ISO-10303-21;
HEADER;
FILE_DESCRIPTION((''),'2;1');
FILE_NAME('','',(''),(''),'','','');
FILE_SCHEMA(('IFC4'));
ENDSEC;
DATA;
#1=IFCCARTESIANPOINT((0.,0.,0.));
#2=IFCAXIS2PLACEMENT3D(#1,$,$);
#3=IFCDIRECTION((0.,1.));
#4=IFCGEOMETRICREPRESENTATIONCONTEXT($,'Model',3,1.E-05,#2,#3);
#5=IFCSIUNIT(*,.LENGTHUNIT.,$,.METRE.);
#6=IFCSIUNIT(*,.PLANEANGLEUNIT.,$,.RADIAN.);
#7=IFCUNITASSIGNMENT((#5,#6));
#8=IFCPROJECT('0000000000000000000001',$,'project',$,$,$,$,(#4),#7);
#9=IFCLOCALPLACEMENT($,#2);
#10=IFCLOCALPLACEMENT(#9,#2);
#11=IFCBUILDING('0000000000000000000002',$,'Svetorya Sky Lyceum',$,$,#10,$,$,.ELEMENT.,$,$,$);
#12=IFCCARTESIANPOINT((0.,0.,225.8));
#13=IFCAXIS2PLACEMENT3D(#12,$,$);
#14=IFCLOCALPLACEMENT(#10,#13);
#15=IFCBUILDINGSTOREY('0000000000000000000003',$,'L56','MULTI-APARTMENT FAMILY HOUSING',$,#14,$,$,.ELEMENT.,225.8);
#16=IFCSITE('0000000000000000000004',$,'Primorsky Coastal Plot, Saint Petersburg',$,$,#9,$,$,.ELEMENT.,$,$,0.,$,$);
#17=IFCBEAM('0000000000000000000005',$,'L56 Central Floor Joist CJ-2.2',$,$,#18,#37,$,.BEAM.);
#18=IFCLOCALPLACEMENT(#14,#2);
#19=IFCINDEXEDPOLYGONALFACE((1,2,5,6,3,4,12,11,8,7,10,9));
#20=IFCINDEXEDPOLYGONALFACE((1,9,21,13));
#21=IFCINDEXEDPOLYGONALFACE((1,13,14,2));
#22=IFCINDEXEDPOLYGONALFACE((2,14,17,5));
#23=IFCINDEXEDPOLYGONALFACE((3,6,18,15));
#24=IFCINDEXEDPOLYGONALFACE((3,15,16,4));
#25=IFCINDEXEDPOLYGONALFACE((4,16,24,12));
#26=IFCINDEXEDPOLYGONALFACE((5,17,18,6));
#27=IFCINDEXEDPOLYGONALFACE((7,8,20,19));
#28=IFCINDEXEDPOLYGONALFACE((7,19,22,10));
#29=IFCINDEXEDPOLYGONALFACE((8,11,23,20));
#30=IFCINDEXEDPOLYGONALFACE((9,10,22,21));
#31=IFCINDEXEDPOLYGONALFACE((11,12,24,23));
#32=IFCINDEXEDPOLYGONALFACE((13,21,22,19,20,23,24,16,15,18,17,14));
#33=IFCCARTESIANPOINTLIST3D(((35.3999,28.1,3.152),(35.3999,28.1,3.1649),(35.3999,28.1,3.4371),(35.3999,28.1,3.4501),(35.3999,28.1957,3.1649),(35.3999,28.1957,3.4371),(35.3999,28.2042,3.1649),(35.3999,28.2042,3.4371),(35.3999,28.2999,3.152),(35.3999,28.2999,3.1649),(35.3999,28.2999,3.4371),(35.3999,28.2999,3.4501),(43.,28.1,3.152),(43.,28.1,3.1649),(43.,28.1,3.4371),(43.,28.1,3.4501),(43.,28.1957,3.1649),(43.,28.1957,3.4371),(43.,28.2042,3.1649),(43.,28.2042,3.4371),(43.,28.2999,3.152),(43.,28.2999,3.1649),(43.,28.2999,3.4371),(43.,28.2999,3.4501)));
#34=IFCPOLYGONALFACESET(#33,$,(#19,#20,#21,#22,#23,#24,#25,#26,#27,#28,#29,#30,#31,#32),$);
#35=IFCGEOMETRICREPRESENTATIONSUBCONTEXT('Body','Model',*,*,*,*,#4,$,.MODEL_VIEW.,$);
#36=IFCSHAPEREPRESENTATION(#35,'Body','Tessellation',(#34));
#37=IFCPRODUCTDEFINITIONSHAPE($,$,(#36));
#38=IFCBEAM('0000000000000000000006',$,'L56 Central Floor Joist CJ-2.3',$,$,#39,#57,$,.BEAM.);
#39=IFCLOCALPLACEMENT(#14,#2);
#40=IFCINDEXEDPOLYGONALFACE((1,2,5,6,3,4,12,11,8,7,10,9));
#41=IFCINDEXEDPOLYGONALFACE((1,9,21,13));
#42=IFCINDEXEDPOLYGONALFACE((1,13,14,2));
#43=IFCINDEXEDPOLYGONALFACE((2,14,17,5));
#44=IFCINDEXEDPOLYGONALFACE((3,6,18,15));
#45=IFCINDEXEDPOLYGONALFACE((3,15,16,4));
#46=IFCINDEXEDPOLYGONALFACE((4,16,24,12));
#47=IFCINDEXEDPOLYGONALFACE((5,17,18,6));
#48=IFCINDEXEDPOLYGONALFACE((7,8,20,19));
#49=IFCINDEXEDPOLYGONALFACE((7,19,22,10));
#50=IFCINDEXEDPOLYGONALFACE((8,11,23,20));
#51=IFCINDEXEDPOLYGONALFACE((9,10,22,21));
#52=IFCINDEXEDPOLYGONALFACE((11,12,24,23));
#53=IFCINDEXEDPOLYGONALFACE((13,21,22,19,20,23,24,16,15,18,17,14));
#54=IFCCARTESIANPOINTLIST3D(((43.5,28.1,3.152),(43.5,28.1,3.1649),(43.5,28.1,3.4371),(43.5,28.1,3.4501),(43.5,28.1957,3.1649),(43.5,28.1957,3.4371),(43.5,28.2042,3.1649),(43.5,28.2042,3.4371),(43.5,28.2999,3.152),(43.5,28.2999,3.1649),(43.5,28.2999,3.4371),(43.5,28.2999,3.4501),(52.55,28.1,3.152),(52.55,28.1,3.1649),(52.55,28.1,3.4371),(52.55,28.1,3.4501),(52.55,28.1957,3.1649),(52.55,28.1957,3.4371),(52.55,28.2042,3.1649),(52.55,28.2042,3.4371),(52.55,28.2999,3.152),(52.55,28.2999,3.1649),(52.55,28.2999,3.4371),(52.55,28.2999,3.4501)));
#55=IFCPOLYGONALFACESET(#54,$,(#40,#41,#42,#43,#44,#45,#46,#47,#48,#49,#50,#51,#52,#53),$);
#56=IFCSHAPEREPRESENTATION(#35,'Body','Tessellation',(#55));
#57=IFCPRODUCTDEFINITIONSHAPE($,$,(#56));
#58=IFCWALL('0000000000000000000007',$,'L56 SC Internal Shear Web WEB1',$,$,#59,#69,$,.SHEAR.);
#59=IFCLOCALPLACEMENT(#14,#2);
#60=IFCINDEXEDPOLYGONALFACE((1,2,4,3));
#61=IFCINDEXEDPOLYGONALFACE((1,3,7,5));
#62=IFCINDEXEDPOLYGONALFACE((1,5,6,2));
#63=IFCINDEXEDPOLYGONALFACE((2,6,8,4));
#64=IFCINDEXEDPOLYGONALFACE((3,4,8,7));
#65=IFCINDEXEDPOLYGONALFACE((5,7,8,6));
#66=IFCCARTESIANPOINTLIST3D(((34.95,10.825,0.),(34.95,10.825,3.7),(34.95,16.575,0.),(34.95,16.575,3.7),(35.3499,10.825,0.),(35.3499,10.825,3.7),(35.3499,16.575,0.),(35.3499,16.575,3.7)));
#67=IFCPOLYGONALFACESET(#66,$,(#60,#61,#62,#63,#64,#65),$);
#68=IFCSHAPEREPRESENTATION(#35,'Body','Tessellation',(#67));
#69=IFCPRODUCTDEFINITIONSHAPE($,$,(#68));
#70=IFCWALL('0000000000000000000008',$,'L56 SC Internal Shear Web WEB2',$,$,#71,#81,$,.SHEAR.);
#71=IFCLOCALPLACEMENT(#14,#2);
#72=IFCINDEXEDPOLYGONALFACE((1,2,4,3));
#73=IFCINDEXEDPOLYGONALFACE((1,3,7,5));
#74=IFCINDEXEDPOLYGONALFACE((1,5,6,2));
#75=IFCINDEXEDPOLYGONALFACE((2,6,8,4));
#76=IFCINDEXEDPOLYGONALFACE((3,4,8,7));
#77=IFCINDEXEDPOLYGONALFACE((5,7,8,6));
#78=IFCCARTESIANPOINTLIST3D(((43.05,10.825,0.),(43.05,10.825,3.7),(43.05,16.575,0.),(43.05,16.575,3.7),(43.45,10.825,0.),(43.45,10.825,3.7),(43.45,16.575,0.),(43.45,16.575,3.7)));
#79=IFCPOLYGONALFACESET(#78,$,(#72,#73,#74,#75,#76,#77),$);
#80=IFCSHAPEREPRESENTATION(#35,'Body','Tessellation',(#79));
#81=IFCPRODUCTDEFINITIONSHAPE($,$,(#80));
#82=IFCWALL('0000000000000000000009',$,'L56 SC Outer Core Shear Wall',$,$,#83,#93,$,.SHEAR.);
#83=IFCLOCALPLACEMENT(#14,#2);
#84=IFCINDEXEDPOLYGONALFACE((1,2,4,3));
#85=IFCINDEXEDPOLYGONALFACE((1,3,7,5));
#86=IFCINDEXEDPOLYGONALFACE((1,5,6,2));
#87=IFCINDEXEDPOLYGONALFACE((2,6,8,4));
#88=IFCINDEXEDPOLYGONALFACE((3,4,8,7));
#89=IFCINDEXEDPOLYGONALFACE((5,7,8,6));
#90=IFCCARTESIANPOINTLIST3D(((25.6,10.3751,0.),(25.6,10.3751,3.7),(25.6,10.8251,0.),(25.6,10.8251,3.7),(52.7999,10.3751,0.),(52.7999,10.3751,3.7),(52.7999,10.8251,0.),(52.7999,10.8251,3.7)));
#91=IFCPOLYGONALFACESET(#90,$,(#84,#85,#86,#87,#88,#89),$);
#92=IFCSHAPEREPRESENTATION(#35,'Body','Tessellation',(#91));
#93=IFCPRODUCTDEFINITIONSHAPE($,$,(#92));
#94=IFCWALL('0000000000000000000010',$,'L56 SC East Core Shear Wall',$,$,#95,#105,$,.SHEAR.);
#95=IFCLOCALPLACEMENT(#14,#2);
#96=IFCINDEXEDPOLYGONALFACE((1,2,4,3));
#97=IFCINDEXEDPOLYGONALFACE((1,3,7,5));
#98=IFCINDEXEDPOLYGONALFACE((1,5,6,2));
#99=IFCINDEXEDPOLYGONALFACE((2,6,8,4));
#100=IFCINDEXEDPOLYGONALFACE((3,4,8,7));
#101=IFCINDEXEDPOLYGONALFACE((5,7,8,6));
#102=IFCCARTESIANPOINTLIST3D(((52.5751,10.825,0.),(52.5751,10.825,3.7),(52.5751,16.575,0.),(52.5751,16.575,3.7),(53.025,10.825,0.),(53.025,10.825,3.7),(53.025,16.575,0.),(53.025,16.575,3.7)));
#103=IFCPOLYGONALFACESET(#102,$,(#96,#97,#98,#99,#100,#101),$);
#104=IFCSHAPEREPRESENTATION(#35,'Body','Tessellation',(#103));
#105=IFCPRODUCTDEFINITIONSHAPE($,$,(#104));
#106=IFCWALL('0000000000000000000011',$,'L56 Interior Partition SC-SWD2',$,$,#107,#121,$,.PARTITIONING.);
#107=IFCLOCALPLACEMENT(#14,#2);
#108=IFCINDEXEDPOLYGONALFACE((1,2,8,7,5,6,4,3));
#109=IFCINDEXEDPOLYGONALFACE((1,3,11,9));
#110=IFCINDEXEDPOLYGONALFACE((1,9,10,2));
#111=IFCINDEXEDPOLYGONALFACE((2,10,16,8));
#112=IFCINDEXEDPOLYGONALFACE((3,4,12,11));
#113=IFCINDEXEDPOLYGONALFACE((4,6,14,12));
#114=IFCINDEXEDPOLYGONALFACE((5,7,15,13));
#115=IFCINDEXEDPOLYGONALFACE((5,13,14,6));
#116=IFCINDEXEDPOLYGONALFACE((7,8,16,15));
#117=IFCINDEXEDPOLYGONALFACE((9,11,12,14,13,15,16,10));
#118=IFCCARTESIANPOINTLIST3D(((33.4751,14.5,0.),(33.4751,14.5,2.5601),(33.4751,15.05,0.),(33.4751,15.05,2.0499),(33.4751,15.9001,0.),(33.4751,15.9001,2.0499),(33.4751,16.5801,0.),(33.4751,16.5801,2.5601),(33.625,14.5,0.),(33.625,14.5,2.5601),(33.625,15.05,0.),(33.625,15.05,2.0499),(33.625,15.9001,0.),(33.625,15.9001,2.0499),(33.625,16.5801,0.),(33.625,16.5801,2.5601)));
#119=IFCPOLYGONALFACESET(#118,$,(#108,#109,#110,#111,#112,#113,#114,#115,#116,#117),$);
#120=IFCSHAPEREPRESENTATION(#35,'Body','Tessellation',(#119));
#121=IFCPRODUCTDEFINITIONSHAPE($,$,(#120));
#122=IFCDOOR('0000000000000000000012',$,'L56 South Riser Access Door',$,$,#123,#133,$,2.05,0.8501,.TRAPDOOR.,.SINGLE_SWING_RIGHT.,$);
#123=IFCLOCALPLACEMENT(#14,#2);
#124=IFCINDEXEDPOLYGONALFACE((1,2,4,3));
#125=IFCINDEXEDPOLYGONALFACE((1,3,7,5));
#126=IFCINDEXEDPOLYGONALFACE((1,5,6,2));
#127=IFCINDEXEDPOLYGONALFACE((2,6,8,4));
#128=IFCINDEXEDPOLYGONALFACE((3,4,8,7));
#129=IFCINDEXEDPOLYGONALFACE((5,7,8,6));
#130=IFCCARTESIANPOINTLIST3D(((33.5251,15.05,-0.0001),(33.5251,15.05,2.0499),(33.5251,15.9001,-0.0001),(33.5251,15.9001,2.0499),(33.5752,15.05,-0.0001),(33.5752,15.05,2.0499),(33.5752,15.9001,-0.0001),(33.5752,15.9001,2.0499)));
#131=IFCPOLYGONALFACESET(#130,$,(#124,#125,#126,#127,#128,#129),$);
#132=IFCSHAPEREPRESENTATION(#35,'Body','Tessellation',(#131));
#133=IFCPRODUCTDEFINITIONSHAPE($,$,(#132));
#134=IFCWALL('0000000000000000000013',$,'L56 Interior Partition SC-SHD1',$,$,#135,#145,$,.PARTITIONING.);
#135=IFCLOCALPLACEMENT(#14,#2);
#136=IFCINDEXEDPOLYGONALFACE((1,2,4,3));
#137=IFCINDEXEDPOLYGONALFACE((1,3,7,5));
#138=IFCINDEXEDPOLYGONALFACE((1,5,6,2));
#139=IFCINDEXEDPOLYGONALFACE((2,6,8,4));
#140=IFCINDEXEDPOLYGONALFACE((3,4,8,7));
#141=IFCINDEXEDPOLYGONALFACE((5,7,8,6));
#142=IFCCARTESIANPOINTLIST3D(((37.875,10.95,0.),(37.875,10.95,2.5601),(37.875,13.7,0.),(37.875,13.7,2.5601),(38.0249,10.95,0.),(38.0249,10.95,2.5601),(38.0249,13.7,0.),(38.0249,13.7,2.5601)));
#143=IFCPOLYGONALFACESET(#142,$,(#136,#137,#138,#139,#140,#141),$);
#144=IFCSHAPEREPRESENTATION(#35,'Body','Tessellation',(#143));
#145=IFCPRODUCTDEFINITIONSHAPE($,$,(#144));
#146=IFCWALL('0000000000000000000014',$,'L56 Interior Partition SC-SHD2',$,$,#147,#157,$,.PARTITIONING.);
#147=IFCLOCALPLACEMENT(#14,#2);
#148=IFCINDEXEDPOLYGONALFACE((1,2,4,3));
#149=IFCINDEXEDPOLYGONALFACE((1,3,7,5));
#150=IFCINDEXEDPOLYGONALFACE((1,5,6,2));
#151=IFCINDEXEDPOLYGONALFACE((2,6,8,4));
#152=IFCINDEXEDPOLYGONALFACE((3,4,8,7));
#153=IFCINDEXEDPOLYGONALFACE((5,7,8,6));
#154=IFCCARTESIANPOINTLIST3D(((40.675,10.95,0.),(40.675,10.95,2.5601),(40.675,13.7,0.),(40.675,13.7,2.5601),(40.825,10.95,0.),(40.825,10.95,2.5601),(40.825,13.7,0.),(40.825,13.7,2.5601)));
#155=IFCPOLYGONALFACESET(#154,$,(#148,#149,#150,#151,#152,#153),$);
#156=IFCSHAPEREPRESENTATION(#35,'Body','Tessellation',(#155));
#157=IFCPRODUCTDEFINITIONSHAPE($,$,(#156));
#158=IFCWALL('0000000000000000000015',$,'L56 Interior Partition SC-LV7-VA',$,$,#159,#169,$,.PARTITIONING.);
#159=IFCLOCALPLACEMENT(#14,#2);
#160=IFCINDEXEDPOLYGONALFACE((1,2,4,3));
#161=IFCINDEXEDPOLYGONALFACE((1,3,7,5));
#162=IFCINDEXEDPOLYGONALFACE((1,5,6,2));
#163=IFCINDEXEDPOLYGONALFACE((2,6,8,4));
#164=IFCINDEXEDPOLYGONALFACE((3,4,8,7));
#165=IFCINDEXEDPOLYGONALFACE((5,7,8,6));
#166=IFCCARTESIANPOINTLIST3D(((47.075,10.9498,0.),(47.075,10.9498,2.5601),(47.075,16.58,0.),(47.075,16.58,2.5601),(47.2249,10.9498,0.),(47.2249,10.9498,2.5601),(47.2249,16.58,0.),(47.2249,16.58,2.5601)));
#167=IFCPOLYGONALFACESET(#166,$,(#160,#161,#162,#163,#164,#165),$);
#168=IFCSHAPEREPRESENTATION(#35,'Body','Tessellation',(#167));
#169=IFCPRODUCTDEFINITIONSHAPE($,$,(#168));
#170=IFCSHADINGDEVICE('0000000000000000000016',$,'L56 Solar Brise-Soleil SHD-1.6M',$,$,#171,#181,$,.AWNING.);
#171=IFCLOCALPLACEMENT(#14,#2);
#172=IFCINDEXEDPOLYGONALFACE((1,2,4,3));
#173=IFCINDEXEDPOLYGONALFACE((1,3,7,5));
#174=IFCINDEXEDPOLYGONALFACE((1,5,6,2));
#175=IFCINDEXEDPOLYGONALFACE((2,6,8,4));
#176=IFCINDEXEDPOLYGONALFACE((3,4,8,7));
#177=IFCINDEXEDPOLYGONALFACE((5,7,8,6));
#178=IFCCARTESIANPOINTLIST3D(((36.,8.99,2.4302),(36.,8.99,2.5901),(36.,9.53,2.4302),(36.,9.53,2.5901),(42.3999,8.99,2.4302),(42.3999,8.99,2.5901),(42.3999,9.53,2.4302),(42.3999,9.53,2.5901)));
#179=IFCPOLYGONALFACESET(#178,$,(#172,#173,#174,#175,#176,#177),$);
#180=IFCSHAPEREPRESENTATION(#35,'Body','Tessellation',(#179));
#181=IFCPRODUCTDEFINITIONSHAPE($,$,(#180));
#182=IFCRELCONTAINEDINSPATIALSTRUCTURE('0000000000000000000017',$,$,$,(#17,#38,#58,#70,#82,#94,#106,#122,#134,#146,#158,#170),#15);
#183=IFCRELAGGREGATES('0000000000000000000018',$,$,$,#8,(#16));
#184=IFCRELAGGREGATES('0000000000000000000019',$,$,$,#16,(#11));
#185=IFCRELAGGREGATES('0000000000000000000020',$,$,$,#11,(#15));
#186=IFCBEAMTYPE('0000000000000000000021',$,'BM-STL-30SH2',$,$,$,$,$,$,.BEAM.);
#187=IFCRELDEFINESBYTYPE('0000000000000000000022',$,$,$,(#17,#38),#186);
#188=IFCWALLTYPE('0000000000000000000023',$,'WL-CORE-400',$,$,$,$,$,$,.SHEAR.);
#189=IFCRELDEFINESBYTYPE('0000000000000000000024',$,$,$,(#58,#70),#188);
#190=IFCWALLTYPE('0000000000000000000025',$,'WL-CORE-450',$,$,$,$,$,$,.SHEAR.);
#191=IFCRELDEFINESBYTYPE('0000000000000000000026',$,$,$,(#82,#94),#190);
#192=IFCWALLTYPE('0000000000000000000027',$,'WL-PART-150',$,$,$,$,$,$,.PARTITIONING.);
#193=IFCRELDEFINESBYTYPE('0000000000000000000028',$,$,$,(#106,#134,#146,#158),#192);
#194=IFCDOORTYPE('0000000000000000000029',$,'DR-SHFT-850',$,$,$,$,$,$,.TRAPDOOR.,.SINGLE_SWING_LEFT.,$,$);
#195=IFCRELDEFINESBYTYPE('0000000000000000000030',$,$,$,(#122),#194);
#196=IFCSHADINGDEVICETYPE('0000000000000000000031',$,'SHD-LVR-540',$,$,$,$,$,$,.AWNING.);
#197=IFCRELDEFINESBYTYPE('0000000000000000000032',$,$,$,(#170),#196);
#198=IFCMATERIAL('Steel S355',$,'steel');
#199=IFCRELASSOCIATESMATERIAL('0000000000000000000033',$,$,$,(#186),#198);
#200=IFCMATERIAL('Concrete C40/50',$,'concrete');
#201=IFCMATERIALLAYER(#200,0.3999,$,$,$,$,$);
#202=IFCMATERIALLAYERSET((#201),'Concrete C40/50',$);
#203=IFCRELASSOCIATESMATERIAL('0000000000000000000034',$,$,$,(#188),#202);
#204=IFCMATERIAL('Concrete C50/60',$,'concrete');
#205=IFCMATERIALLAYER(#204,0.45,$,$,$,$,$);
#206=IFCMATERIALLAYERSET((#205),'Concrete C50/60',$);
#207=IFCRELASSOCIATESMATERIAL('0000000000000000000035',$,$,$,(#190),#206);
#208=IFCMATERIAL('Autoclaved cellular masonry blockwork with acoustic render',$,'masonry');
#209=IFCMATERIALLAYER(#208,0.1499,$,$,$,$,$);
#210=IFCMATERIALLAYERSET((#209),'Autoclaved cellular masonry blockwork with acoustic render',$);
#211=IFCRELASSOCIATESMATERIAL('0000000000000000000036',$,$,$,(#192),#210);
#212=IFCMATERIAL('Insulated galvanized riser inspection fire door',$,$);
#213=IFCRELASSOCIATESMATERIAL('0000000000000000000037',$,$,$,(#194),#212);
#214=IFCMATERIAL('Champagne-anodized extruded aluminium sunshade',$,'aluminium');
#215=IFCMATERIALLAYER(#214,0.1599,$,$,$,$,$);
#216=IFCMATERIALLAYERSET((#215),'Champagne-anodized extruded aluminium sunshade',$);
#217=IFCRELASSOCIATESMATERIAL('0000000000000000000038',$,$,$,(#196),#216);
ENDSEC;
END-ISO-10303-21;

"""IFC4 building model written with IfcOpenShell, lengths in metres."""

from ifc_helpers import new_model, si_unit, direction, frame, frame_2d, origin, origin_2d, place, context, subcontext, project, spatial, rectangle, i_section, extrude, material, layer, layer_set, material_profile, profile_set, type_object, element, fill, save


model = new_model("IFC4")

# Units and contexts
model_context = context("Model", 3, precision=1e-05, world=origin(), true_north=direction((0.0, 1.0)))
body_context = subcontext(model_context, "Body", "Model", "MODEL_VIEW")
ifc_project = project(units=[si_unit("LENGTHUNIT", "METRE"), si_unit("PLANEANGLEUNIT", "RADIAN")], contexts=[model_context])

# Site, building, storey
site_placement = place(None, origin())
site = spatial("IfcSite", under=ifc_project, at=site_placement, Name="Primorsky Coastal Plot, Saint Petersburg", CompositionType="ELEMENT", RefElevation=0.0)
building_placement = place(site_placement, origin())
building = spatial("IfcBuilding", under=site, at=building_placement, Name="Svetorya Sky Lyceum", CompositionType="ELEMENT")
storey_placement = place(building_placement, frame((0.0, 0.0, 225.8)))
storey = spatial("IfcBuildingStorey", under=building, at=storey_placement, Name="L56", Description="MULTI-APARTMENT FAMILY HOUSING", CompositionType="ELEMENT", Elevation=225.8)

# Shared definitions
ifc_material_1 = material(Name="Concrete C50/60", Category="concrete")

# Beams
ifc_material_2 = material(Name="Steel S355", Category="steel")
ifc_material_profile_1 = material_profile(ifc_material_2, i_section(OverallWidth=0.2, OverallDepth=0.2981, WebThickness=0.0085, FlangeThickness=0.0129, at=origin_2d()), Name="GOST 30Sh2")
ifc_profile_set_1 = profile_set([ifc_material_profile_1], Name="Steel S355")
beam_type_1 = type_object("IfcBeamType", Name="BM-STL-30SH2", PredefinedType="BEAM", material=ifc_profile_set_1)
beam_1_placement = place(storey_placement, frame((35.3999, 28.2, 3.301), z_axis=(1.0, 0.0, 0.0), x_axis=(0.0, 1.0, 0.0)))
element("IfcBeam", 1, at=beam_1_placement, inside=storey, type_object=beam_type_1, Name="L56 Central Floor Joist CJ-2.2", PredefinedType="BEAM", context=body_context, shape_type="SweptSolid", body=[
    extrude(i_section(OverallWidth=0.2, OverallDepth=0.2981, WebThickness=0.0085, FlangeThickness=0.0129, at=origin_2d()), origin(), (0.0, 0.0, 1.0), 7.6001),
])
beam_2_placement = place(storey_placement, frame((43.5, 28.2, 3.301), z_axis=(1.0, 0.0, 0.0), x_axis=(0.0, 1.0, 0.0)))
element("IfcBeam", 2, at=beam_2_placement, inside=storey, type_object=beam_type_1, Name="L56 Central Floor Joist CJ-2.3", PredefinedType="BEAM", context=body_context, shape_type="SweptSolid", body=[
    extrude(i_section(OverallWidth=0.2, OverallDepth=0.2981, WebThickness=0.0085, FlangeThickness=0.0129, at=origin_2d()), origin(), (0.0, 0.0, 1.0), 9.05),
])

# Walls
ifc_material_3 = material(Name="Concrete C40/50", Category="concrete")
ifc_layer_1 = layer(ifc_material_3, 0.3999)
ifc_layer_set_1 = layer_set([ifc_layer_1], Name="Concrete C40/50")
wall_type_1 = type_object("IfcWallType", Name="WL-CORE-400", PredefinedType="SHEAR", material=ifc_layer_set_1)
for number, where, z_axis, x_axis, name in (
    (3, (35.1499, 10.825, 0.0), (0.0, 0.0, 1.0), (0.0, 1.0, 0.0), "L56 SC Internal Shear Web WEB1"),
    (4, (43.25, 10.825, 0.0), (0.0, 0.0, 1.0), (0.0, 1.0, 0.0), "L56 SC Internal Shear Web WEB2"),
):
    element("IfcWall", number, at=place(storey_placement, frame(where, z_axis=z_axis, x_axis=x_axis)), inside=storey, type_object=wall_type_1, Name=name, PredefinedType="SHEAR", context=body_context, shape_type="SweptSolid", body=[
        extrude(rectangle(XDim=5.75, YDim=0.3999, at=frame_2d((2.875, 0.0))), origin(), (0.0, 0.0, 1.0), 3.7),
    ])
ifc_layer_2 = layer(ifc_material_1, 0.45)
ifc_layer_set_2 = layer_set([ifc_layer_2], Name="Concrete C50/60")
wall_type_2 = type_object("IfcWallType", Name="WL-CORE-450", PredefinedType="SHEAR", material=ifc_layer_set_2)
wall_1_placement = place(storey_placement, frame((52.8, 10.6001, 0.0), z_axis=(0.0, 0.0, 1.0), x_axis=(-1.0, 0.0, 0.0)))
element("IfcWall", 5, at=wall_1_placement, inside=storey, type_object=wall_type_2, Name="L56 SC Outer Core Shear Wall", PredefinedType="SHEAR", context=body_context, shape_type="SweptSolid", body=[
    extrude(rectangle(XDim=27.2, YDim=0.45, at=frame_2d((13.6001, 0.0))), origin(), (0.0, 0.0, 1.0), 3.7),
])
wall_2_placement = place(storey_placement, frame((52.8, 10.825, 0.0), z_axis=(0.0, 0.0, 1.0), x_axis=(0.0, 1.0, 0.0)))
element("IfcWall", 6, at=wall_2_placement, inside=storey, type_object=wall_type_2, Name="L56 SC East Core Shear Wall", PredefinedType="SHEAR", context=body_context, shape_type="SweptSolid", body=[
    extrude(rectangle(XDim=5.75, YDim=0.45, at=frame_2d((2.875, 0.0))), origin(), (0.0, 0.0, 1.0), 3.7),
])

# Wall, opening, door
ifc_material_4 = material(Name="Autoclaved cellular masonry blockwork with acoustic render", Category="masonry")
ifc_layer_3 = layer(ifc_material_4, 0.1499)
ifc_layer_set_3 = layer_set([ifc_layer_3], Name="Autoclaved cellular masonry blockwork with acoustic render")
wall_type_3 = type_object("IfcWallType", Name="WL-PART-150", PredefinedType="PARTITIONING", material=ifc_layer_set_3)
wall_3_placement = place(storey_placement, frame((33.55, 14.5, 0.0), z_axis=(0.0, 0.0, 1.0), x_axis=(0.0, 1.0, 0.0)))
wall_3 = element("IfcWall", 7, at=wall_3_placement, inside=storey, type_object=wall_type_3, Name="L56 Interior Partition SC-SWD2", PredefinedType="PARTITIONING", context=body_context, shape_type="SweptSolid", body=[
    extrude(rectangle(XDim=2.0801, YDim=0.1499, at=frame_2d((1.04, 0.0))), origin(), (0.0, 0.0, 1.0), 2.5601),
])
opening_1_placement = place(wall_3_placement, frame((0.55, 0.0, 0.0)))
opening_1 = element("IfcOpeningElement", 8, at=opening_1_placement, cuts=wall_3, PredefinedType="OPENING", context=body_context, shape_type="SweptSolid", body=[
    extrude(rectangle(XDim=0.8501, YDim=2.05, at=frame_2d((0.425, 1.0249))), frame((0.0, 0.085, 0.0), z_axis=(0.0, -1.0, 0.0), x_axis=(1.0, 0.0, 0.0)), (0.0, 0.0, 1.0), 0.1699),
])
ifc_material_5 = material(Name="Insulated galvanized riser inspection fire door")
door_type_1 = type_object("IfcDoorType", Name="DR-SHFT-850", OperationType="SINGLE_SWING_LEFT", PredefinedType="TRAPDOOR", material=ifc_material_5)
door_1_placement = place(opening_1_placement, origin())
door_1 = element("IfcDoor", 9, at=door_1_placement, inside=storey, type_object=door_type_1, Name="L56 South Riser Access Door", OperationType="SINGLE_SWING_RIGHT", OverallHeight=2.05, OverallWidth=0.8501, PredefinedType="TRAPDOOR", context=body_context, shape_type="SweptSolid", body=[
    extrude(rectangle(XDim=0.8501, YDim=2.05, at=frame_2d((0.425, 1.0249))), frame((0.0, 0.0249, 0.0), z_axis=(0.0, -1.0, 0.0), x_axis=(1.0, 0.0, 0.0)), (0.0, 0.0, 1.0), 0.05),
])
fill(opening_1, door_1)

# Walls
for number, where, z_axis, x_axis, name in (
    (10, (37.95, 10.95, 0.0), (0.0, 0.0, 1.0), (0.0, 1.0, 0.0), "L56 Interior Partition SC-SHD1"),
    (11, (40.75, 10.95, 0.0), (0.0, 0.0, 1.0), (0.0, 1.0, 0.0), "L56 Interior Partition SC-SHD2"),
):
    element("IfcWall", number, at=place(storey_placement, frame(where, z_axis=z_axis, x_axis=x_axis)), inside=storey, type_object=wall_type_3, Name=name, PredefinedType="PARTITIONING", context=body_context, shape_type="SweptSolid", body=[
        extrude(rectangle(XDim=2.75, YDim=0.1499, at=frame_2d((1.375, 0.0))), origin(), (0.0, 0.0, 1.0), 2.5601),
    ])
wall_4_placement = place(storey_placement, frame((47.1499, 10.95, 0.0), z_axis=(0.0, 0.0, 1.0), x_axis=(0.0, 1.0, 0.0)))
element("IfcWall", 12, at=wall_4_placement, inside=storey, type_object=wall_type_3, Name="L56 Interior Partition SC-LV7-VA", PredefinedType="PARTITIONING", context=body_context, shape_type="SweptSolid", body=[
    extrude(rectangle(XDim=5.6301, YDim=0.1499, at=frame_2d((2.8149, 0.0))), origin(), (0.0, 0.0, 1.0), 2.5601),
])

# Shading device
ifc_material_6 = material(Name="Champagne-anodized extruded aluminium sunshade", Category="aluminium")
ifc_layer_4 = layer(ifc_material_6, 0.1599)
ifc_layer_set_4 = layer_set([ifc_layer_4], Name="Champagne-anodized extruded aluminium sunshade")
shading_device_type = type_object("IfcShadingDeviceType", Name="SHD-LVR-540", PredefinedType="AWNING", material=ifc_layer_set_4)
shading_device_placement = place(storey_placement, frame((39.2, 9.26, 2.4302), z_axis=(0.0, 0.0, 1.0), x_axis=(1.0, 0.0, 0.0)))
element("IfcShadingDevice", 13, at=shading_device_placement, inside=storey, type_object=shading_device_type, Name="L56 Solar Brise-Soleil SHD-1.6M", PredefinedType="AWNING", context=body_context, shape_type="SweptSolid", body=[
    extrude(rectangle(XDim=6.3999, YDim=0.54, at=origin_2d()), origin(), (0.0, 0.0, 1.0), 0.1599),
])

save(model, "model.ifc")
